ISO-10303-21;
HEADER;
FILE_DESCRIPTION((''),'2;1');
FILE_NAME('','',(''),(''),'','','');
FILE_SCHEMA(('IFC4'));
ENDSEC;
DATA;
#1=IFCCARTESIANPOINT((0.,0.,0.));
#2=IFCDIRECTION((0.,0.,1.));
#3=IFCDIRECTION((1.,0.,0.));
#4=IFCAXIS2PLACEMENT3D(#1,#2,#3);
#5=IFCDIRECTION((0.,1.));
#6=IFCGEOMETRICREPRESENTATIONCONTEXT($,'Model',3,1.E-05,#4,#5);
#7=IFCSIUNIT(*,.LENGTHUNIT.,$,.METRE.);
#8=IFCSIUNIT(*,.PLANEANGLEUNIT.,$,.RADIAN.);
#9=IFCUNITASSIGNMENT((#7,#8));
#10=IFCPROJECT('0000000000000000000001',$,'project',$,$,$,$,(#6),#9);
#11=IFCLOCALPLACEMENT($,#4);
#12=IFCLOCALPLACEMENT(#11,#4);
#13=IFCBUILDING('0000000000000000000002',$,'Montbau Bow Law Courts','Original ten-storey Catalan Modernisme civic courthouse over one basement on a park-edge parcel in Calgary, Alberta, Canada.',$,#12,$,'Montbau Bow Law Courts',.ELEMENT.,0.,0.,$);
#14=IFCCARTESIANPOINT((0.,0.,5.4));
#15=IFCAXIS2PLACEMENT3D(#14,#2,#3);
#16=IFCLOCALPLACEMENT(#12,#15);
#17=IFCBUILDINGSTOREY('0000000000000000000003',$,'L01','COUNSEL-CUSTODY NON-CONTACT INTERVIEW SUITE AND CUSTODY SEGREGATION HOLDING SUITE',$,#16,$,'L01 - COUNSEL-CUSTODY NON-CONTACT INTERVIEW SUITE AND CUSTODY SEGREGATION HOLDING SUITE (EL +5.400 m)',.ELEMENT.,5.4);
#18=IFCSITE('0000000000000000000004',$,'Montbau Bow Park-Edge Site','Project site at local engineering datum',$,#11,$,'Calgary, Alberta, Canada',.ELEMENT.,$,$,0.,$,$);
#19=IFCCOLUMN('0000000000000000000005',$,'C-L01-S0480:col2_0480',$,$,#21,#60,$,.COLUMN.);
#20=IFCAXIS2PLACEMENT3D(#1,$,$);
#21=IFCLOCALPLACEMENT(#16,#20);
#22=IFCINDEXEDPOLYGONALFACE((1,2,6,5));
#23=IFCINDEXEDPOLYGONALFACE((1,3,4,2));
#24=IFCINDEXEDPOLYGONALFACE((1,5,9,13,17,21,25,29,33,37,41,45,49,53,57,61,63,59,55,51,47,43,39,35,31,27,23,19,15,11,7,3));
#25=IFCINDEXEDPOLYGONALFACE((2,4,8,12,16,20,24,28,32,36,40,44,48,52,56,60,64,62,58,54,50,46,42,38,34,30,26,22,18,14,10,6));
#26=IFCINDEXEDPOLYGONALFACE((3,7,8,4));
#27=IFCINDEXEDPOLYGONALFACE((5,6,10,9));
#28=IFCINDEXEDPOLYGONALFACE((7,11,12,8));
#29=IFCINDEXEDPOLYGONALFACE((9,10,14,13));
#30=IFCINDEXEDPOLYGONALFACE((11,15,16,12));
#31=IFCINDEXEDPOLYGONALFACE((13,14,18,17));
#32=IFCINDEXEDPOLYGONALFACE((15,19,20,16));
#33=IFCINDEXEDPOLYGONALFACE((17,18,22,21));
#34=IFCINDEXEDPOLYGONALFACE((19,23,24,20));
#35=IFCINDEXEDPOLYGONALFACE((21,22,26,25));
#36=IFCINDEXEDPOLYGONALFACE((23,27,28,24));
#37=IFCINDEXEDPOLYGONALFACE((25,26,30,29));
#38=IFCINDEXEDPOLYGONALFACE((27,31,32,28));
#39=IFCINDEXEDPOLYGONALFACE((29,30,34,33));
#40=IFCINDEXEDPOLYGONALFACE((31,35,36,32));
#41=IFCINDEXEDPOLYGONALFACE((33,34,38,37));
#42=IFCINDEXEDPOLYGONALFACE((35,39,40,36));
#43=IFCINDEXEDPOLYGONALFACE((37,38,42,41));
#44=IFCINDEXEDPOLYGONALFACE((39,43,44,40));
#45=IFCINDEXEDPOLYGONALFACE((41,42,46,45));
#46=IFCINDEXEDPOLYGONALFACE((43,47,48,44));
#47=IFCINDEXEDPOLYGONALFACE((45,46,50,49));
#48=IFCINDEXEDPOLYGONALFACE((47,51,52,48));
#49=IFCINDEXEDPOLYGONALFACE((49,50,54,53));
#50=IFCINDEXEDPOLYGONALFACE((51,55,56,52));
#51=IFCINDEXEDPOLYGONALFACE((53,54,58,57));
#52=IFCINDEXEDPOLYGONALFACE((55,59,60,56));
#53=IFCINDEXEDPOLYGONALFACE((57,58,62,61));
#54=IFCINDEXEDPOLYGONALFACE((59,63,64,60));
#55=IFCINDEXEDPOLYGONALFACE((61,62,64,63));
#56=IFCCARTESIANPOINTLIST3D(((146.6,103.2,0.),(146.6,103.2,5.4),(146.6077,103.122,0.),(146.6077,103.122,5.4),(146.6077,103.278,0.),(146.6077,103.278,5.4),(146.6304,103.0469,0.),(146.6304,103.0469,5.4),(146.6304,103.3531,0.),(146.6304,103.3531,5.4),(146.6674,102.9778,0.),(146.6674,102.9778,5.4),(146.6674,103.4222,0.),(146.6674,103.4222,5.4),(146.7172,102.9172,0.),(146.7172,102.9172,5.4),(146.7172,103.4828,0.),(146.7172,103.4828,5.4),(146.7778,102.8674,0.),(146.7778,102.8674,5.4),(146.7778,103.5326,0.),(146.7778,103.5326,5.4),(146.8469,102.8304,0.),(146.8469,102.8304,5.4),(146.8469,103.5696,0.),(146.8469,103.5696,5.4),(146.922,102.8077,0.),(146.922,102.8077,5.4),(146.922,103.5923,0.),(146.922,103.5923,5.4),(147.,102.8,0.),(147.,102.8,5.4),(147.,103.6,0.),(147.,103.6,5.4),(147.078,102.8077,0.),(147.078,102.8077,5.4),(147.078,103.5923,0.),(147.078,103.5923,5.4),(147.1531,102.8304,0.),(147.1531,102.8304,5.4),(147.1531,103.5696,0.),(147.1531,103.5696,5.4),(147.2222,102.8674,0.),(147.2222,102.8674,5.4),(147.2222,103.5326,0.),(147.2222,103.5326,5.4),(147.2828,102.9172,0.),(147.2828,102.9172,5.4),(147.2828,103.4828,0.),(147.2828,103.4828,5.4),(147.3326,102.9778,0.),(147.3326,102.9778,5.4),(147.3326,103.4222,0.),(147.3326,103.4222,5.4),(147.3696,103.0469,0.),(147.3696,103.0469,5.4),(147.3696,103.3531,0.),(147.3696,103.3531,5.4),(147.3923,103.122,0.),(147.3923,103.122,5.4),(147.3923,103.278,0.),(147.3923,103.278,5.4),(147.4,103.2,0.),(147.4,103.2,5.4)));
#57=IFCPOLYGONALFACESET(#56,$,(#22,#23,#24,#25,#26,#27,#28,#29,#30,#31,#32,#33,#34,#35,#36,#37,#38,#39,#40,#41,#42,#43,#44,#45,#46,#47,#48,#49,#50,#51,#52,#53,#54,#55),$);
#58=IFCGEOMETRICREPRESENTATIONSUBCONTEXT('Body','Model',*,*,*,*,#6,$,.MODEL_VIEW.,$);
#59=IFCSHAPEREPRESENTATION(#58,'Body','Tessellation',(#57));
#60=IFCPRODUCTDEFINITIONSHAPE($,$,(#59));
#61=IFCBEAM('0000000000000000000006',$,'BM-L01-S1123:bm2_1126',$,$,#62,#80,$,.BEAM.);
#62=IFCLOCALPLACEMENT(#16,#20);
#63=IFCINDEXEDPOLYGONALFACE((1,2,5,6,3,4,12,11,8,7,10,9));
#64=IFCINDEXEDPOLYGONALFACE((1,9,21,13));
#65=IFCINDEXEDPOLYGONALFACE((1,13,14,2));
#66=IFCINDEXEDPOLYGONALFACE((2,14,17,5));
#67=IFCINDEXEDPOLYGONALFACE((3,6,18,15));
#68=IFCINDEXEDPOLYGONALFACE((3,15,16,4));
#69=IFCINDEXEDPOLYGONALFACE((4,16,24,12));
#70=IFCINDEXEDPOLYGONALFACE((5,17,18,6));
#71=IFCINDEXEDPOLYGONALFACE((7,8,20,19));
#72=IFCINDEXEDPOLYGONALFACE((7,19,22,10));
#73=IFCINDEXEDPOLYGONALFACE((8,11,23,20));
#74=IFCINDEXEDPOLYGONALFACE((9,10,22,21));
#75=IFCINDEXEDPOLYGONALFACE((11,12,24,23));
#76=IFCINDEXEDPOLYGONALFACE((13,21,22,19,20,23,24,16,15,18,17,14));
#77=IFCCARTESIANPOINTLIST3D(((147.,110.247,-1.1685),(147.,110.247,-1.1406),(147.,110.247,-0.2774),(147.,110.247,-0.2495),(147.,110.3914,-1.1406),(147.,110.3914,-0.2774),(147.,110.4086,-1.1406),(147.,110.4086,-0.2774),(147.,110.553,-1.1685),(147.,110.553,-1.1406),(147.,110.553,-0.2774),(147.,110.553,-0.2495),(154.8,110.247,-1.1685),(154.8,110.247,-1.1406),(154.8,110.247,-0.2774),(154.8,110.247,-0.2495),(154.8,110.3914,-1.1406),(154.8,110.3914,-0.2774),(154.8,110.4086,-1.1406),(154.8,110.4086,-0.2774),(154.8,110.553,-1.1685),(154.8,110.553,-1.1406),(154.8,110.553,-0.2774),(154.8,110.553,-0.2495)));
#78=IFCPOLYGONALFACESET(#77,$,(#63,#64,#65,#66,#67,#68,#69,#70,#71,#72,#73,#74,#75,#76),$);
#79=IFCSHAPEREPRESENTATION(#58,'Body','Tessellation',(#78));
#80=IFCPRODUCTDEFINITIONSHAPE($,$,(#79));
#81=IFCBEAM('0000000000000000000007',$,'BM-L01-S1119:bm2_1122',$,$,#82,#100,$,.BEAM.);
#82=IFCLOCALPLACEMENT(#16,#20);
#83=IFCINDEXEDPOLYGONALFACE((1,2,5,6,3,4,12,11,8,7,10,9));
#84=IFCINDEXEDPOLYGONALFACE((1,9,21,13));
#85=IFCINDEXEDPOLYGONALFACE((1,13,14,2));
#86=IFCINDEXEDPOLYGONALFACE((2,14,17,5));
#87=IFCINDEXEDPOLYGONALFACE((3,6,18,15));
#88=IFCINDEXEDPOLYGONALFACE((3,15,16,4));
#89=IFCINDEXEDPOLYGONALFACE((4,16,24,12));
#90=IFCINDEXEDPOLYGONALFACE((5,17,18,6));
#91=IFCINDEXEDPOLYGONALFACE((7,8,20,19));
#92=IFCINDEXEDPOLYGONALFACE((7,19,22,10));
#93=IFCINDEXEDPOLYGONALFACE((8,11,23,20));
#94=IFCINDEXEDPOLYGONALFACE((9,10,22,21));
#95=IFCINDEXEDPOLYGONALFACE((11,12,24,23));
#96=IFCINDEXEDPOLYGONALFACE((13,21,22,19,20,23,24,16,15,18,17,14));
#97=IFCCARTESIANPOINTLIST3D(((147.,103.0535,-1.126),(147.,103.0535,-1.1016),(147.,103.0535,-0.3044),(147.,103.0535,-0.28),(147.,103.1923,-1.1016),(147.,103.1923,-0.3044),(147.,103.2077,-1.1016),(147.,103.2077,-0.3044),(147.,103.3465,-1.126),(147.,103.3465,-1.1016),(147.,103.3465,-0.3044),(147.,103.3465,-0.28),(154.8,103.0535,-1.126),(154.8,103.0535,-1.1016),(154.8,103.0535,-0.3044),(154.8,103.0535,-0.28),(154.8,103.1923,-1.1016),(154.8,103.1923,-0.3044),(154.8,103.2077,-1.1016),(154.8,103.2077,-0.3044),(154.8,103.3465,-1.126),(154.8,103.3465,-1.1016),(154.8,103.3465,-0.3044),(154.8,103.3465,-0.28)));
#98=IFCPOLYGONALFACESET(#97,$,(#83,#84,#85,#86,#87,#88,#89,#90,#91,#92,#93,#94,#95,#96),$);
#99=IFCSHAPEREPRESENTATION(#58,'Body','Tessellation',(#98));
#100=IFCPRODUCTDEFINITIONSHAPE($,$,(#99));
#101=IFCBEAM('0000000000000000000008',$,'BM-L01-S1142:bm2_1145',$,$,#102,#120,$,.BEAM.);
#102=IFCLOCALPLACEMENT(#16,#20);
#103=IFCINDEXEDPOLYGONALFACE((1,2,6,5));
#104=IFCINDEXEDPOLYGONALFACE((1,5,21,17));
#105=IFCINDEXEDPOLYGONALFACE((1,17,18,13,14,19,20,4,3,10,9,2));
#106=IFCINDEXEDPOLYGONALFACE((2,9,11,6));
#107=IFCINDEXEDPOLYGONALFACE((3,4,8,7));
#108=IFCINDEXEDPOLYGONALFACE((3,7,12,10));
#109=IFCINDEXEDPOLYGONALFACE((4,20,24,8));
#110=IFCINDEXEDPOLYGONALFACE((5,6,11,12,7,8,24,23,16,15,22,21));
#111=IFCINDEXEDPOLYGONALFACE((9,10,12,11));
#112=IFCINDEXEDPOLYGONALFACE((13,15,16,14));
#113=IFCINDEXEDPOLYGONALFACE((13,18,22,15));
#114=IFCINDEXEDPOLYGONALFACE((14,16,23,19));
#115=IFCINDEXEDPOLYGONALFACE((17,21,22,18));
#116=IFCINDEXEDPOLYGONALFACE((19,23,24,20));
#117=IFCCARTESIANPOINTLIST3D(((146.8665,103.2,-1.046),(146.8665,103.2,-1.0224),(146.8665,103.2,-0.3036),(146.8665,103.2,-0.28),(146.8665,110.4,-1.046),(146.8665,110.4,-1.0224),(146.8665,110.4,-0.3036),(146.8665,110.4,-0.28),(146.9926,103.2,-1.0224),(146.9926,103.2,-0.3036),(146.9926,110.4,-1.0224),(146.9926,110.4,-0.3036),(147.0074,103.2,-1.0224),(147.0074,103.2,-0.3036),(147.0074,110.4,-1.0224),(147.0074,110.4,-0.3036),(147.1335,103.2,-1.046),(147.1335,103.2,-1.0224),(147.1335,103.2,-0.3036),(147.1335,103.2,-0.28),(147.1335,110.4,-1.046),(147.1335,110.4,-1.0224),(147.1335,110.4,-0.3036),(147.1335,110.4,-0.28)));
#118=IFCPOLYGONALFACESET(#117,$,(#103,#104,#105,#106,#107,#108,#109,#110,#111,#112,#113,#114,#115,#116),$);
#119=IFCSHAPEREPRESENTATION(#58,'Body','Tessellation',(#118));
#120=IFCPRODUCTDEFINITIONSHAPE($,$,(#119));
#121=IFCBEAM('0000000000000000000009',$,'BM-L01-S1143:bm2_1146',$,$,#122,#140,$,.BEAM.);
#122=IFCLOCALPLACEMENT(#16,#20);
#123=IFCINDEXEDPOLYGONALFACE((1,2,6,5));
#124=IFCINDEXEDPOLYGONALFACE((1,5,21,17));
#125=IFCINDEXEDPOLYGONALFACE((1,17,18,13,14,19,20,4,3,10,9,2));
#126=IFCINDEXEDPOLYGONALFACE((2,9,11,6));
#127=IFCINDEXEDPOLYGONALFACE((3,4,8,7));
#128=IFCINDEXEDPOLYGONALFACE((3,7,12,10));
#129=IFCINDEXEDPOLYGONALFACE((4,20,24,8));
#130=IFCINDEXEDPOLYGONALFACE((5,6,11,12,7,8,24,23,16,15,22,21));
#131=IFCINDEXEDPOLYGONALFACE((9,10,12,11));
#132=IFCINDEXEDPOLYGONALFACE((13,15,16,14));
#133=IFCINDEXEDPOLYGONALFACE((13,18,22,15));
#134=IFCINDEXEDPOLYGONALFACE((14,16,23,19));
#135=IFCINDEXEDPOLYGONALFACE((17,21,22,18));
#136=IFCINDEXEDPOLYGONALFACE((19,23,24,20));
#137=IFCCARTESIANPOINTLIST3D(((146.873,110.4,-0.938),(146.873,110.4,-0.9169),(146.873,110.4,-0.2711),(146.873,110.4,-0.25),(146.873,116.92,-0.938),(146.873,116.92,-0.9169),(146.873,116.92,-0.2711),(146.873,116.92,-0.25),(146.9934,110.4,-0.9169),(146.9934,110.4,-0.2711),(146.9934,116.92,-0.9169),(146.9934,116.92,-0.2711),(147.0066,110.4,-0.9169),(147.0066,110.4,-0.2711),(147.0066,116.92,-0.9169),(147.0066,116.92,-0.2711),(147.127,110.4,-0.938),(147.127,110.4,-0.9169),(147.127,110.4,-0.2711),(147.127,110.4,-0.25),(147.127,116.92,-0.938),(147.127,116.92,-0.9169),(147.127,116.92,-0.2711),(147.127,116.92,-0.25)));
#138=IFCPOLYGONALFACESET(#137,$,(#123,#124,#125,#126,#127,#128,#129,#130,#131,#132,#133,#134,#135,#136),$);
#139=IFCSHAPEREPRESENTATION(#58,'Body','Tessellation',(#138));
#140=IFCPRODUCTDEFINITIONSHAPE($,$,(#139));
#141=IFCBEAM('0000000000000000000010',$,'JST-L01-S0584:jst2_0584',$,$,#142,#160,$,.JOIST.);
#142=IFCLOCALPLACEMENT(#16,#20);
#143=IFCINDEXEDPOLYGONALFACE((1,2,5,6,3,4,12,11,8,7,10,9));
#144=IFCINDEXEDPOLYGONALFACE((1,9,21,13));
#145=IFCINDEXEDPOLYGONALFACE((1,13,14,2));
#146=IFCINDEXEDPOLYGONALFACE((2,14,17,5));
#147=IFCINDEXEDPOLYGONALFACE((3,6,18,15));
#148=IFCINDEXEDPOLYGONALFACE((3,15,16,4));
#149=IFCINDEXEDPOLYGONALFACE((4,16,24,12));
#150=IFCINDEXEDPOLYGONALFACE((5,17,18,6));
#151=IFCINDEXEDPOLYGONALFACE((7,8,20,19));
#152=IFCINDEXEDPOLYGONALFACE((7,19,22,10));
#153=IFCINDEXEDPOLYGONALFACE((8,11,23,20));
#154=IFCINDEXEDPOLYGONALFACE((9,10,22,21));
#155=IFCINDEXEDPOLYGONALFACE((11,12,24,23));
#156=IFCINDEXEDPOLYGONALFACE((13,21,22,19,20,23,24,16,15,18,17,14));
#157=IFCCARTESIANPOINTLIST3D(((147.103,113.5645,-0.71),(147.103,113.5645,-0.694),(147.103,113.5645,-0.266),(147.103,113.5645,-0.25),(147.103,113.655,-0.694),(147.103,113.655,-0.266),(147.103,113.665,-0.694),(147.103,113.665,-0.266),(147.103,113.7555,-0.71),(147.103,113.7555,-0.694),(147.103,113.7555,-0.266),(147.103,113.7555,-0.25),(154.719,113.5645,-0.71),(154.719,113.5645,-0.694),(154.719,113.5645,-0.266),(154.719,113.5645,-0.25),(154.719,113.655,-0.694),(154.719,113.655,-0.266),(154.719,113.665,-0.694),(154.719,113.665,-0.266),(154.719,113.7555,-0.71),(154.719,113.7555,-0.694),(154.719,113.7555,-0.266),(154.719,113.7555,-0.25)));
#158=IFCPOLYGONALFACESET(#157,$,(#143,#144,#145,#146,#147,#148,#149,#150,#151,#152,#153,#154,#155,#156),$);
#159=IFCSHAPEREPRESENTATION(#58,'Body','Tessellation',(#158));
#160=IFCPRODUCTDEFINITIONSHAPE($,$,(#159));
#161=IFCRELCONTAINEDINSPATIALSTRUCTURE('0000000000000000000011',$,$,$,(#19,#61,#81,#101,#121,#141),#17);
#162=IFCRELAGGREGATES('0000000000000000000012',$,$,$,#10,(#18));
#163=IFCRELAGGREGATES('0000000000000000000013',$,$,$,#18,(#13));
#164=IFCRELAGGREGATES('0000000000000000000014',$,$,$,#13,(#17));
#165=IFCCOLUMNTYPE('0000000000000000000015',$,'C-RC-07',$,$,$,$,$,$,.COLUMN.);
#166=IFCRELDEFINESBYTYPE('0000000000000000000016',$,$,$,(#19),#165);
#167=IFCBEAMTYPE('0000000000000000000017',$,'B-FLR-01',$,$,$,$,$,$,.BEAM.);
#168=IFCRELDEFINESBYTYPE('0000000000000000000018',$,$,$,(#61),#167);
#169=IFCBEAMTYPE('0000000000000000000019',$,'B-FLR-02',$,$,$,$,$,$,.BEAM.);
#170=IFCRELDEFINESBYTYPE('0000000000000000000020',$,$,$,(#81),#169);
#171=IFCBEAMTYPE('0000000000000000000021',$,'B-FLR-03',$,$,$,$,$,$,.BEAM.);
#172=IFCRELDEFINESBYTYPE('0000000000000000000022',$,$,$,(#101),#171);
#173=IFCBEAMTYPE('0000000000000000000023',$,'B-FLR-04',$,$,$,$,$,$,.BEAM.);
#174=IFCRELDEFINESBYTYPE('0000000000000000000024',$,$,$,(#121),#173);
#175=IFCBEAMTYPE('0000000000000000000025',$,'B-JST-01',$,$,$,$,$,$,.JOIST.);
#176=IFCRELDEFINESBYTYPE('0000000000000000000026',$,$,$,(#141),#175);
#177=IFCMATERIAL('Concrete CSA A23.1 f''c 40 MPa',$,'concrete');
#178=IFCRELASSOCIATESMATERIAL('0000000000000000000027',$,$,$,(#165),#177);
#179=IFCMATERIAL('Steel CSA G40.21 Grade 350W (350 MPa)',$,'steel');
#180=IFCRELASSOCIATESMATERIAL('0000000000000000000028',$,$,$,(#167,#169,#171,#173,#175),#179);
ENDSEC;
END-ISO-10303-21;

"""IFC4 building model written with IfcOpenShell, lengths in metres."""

from ifc_helpers import new_model, si_unit, direction, frame, origin_with_axes, origin_2d_with_axis, place, context, subcontext, project, spatial, circle, i_section, extrude, material, material_profile, profile_set, type_object, element, save


model = new_model("IFC4")

# Units and contexts
model_context = context("Model", 3, precision=1e-05, world=origin_with_axes(), true_north=direction((0.0, 1.0)))
body_context = subcontext(model_context, "Body", "Model", "MODEL_VIEW")
ifc_project = project(units=[si_unit("LENGTHUNIT", "METRE"), si_unit("PLANEANGLEUNIT", "RADIAN")], contexts=[model_context])

# Site, building, storey
site_placement = place(None, origin_with_axes())
site = spatial("IfcSite", under=ifc_project, at=site_placement, Name="Montbau Bow Park-Edge Site", Description="Project site at local engineering datum", LongName="Calgary, Alberta, Canada", CompositionType="ELEMENT", RefElevation=0.0)
building_placement = place(site_placement, origin_with_axes())
building = spatial("IfcBuilding", under=site, at=building_placement, Name="Montbau Bow Law Courts", Description="Original ten-storey Catalan Modernisme civic courthouse over one basement on a park-edge parcel in Calgary, Alberta, Canada.", LongName="Montbau Bow Law Courts", CompositionType="ELEMENT", ElevationOfRefHeight=0.0, ElevationOfTerrain=0.0)
storey_placement = place(building_placement, frame((0.0, 0.0, 5.4), z_axis=(0.0, 0.0, 1.0), x_axis=(1.0, 0.0, 0.0)))
storey = spatial("IfcBuildingStorey", under=building, at=storey_placement, Name="L01", Description="COUNSEL-CUSTODY NON-CONTACT INTERVIEW SUITE AND CUSTODY SEGREGATION HOLDING SUITE", LongName="L01 - COUNSEL-CUSTODY NON-CONTACT INTERVIEW SUITE AND CUSTODY SEGREGATION HOLDING SUITE (EL +5.400 m)", CompositionType="ELEMENT", Elevation=5.4)

# Column
ifc_material_1 = material(Name="Concrete CSA A23.1 f'c 40 MPa", Category="concrete")
ifc_material_profile_1 = material_profile(ifc_material_1, circle(Radius=0.4, at=origin_2d_with_axis()), Name="RC800D", Category="Main", Priority=0)
ifc_profile_set_1 = profile_set([ifc_material_profile_1], Name="Concrete CSA A23.1 f'c 40 MPa")
column_type = type_object("IfcColumnType", Name="C-RC-07", PredefinedType="COLUMN", material=ifc_profile_set_1)
column_placement = place(None, frame((147.0, 103.2, 5.4), z_axis=(0.0, 0.0, 1.0), x_axis=(1.0, 0.0, 0.0)))
element("IfcColumn", 1, at=column_placement, inside=storey, type_object=column_type, Name="C-L01-S0480:col2_0480", PredefinedType="COLUMN", context=body_context, shape_type="SweptSolid", body=[
    extrude(circle(Radius=0.4, at=origin_2d_with_axis()), origin_with_axes(), (0.0, 0.0, 1.0), 5.4),
])

# Beams
ifc_material_2 = material(Name="Steel CSA G40.21 Grade 350W (350 MPa)", Category="steel")
ifc_material_profile_2 = material_profile(ifc_material_2, i_section(OverallWidth=0.306, OverallDepth=0.919, WebThickness=0.0173, FlangeThickness=0.0279, at=origin_2d_with_axis()), Name="W920X253", Category="Main", Priority=0)
ifc_profile_set_2 = profile_set([ifc_material_profile_2], Name="Steel CSA G40.21 Grade 350W (350 MPa)")
beam_type_1 = type_object("IfcBeamType", Name="B-FLR-01", PredefinedType="BEAM", material=ifc_profile_set_2)
beam_1_placement = place(None, frame((147.0, 110.4, 4.691), z_axis=(1.0, 0.0, 0.0), x_axis=(0.0, 1.0, 0.0)))
element("IfcBeam", 2, at=beam_1_placement, inside=storey, type_object=beam_type_1, Name="BM-L01-S1123:bm2_1126", PredefinedType="BEAM", context=body_context, shape_type="SweptSolid", body=[
    extrude(i_section(OverallWidth=0.306, OverallDepth=0.919, WebThickness=0.0173, FlangeThickness=0.0279, at=origin_2d_with_axis()), origin_with_axes(), (0.0, 0.0, 1.0), 7.8),
])
ifc_material_profile_3 = material_profile(ifc_material_2, i_section(OverallWidth=0.293, OverallDepth=0.846, WebThickness=0.0154, FlangeThickness=0.0244, at=origin_2d_with_axis()), Name="W840X210", Category="Main", Priority=0)
ifc_profile_set_3 = profile_set([ifc_material_profile_3], Name="Steel CSA G40.21 Grade 350W (350 MPa)")
beam_type_2 = type_object("IfcBeamType", Name="B-FLR-02", PredefinedType="BEAM", material=ifc_profile_set_3)
beam_2_placement = place(None, frame((147.0, 103.2, 4.697), z_axis=(1.0, 0.0, 0.0), x_axis=(0.0, 1.0, 0.0)))
element("IfcBeam", 3, at=beam_2_placement, inside=storey, type_object=beam_type_2, Name="BM-L01-S1119:bm2_1122", PredefinedType="BEAM", context=body_context, shape_type="SweptSolid", body=[
    extrude(i_section(OverallWidth=0.293, OverallDepth=0.846, WebThickness=0.0154, FlangeThickness=0.0244, at=origin_2d_with_axis()), origin_with_axes(), (0.0, 0.0, 1.0), 7.8),
])
ifc_material_profile_4 = material_profile(ifc_material_2, i_section(OverallWidth=0.267, OverallDepth=0.766, WebThickness=0.0149, FlangeThickness=0.0236, at=origin_2d_with_axis()), Name="W760X185", Category="Main", Priority=0)
ifc_profile_set_4 = profile_set([ifc_material_profile_4], Name="Steel CSA G40.21 Grade 350W (350 MPa)")
beam_type_3 = type_object("IfcBeamType", Name="B-FLR-03", PredefinedType="BEAM", material=ifc_profile_set_4)
beam_3_placement = place(None, frame((147.0, 103.2, 4.737), z_axis=(0.0, 1.0, 0.0), x_axis=(-1.0, 0.0, 0.0)))
element("IfcBeam", 4, at=beam_3_placement, inside=storey, type_object=beam_type_3, Name="BM-L01-S1142:bm2_1145", PredefinedType="BEAM", context=body_context, shape_type="SweptSolid", body=[
    extrude(i_section(OverallWidth=0.267, OverallDepth=0.766, WebThickness=0.0149, FlangeThickness=0.0236, at=origin_2d_with_axis()), origin_with_axes(), (0.0, 0.0, 1.0), 7.2),
])
ifc_material_profile_5 = material_profile(ifc_material_2, i_section(OverallWidth=0.254, OverallDepth=0.688, WebThickness=0.0131, FlangeThickness=0.0211, at=origin_2d_with_axis()), Name="W690X152", Category="Main", Priority=0)
ifc_profile_set_5 = profile_set([ifc_material_profile_5], Name="Steel CSA G40.21 Grade 350W (350 MPa)")
beam_type_4 = type_object("IfcBeamType", Name="B-FLR-04", PredefinedType="BEAM", material=ifc_profile_set_5)
beam_4_placement = place(None, frame((147.0, 110.4, 4.806), z_axis=(0.0, 1.0, 0.0), x_axis=(-1.0, 0.0, 0.0)))
element("IfcBeam", 5, at=beam_4_placement, inside=storey, type_object=beam_type_4, Name="BM-L01-S1143:bm2_1146", PredefinedType="BEAM", context=body_context, shape_type="SweptSolid", body=[
    extrude(i_section(OverallWidth=0.254, OverallDepth=0.688, WebThickness=0.0131, FlangeThickness=0.0211, at=origin_2d_with_axis()), origin_with_axes(), (0.0, 0.0, 1.0), 6.52),
])
ifc_material_profile_6 = material_profile(ifc_material_2, i_section(OverallWidth=0.191, OverallDepth=0.46, WebThickness=0.0099, FlangeThickness=0.016, at=origin_2d_with_axis()), Name="W460X82", Category="Main", Priority=0)
ifc_profile_set_6 = profile_set([ifc_material_profile_6], Name="Steel CSA G40.21 Grade 350W (350 MPa)")
beam_type_5 = type_object("IfcBeamType", Name="B-JST-01", PredefinedType="JOIST", material=ifc_profile_set_6)
beam_5_placement = place(None, frame((147.103, 113.66, 4.92), z_axis=(1.0, 0.0, 0.0), x_axis=(0.0, 1.0, 0.0)))
element("IfcBeam", 6, at=beam_5_placement, inside=storey, type_object=beam_type_5, Name="JST-L01-S0584:jst2_0584", PredefinedType="JOIST", context=body_context, shape_type="SweptSolid", body=[
    extrude(i_section(OverallWidth=0.191, OverallDepth=0.46, WebThickness=0.0099, FlangeThickness=0.016, at=origin_2d_with_axis()), origin_with_axes(), (0.0, 0.0, 1.0), 7.616),
])

save(model, "model.ifc")
